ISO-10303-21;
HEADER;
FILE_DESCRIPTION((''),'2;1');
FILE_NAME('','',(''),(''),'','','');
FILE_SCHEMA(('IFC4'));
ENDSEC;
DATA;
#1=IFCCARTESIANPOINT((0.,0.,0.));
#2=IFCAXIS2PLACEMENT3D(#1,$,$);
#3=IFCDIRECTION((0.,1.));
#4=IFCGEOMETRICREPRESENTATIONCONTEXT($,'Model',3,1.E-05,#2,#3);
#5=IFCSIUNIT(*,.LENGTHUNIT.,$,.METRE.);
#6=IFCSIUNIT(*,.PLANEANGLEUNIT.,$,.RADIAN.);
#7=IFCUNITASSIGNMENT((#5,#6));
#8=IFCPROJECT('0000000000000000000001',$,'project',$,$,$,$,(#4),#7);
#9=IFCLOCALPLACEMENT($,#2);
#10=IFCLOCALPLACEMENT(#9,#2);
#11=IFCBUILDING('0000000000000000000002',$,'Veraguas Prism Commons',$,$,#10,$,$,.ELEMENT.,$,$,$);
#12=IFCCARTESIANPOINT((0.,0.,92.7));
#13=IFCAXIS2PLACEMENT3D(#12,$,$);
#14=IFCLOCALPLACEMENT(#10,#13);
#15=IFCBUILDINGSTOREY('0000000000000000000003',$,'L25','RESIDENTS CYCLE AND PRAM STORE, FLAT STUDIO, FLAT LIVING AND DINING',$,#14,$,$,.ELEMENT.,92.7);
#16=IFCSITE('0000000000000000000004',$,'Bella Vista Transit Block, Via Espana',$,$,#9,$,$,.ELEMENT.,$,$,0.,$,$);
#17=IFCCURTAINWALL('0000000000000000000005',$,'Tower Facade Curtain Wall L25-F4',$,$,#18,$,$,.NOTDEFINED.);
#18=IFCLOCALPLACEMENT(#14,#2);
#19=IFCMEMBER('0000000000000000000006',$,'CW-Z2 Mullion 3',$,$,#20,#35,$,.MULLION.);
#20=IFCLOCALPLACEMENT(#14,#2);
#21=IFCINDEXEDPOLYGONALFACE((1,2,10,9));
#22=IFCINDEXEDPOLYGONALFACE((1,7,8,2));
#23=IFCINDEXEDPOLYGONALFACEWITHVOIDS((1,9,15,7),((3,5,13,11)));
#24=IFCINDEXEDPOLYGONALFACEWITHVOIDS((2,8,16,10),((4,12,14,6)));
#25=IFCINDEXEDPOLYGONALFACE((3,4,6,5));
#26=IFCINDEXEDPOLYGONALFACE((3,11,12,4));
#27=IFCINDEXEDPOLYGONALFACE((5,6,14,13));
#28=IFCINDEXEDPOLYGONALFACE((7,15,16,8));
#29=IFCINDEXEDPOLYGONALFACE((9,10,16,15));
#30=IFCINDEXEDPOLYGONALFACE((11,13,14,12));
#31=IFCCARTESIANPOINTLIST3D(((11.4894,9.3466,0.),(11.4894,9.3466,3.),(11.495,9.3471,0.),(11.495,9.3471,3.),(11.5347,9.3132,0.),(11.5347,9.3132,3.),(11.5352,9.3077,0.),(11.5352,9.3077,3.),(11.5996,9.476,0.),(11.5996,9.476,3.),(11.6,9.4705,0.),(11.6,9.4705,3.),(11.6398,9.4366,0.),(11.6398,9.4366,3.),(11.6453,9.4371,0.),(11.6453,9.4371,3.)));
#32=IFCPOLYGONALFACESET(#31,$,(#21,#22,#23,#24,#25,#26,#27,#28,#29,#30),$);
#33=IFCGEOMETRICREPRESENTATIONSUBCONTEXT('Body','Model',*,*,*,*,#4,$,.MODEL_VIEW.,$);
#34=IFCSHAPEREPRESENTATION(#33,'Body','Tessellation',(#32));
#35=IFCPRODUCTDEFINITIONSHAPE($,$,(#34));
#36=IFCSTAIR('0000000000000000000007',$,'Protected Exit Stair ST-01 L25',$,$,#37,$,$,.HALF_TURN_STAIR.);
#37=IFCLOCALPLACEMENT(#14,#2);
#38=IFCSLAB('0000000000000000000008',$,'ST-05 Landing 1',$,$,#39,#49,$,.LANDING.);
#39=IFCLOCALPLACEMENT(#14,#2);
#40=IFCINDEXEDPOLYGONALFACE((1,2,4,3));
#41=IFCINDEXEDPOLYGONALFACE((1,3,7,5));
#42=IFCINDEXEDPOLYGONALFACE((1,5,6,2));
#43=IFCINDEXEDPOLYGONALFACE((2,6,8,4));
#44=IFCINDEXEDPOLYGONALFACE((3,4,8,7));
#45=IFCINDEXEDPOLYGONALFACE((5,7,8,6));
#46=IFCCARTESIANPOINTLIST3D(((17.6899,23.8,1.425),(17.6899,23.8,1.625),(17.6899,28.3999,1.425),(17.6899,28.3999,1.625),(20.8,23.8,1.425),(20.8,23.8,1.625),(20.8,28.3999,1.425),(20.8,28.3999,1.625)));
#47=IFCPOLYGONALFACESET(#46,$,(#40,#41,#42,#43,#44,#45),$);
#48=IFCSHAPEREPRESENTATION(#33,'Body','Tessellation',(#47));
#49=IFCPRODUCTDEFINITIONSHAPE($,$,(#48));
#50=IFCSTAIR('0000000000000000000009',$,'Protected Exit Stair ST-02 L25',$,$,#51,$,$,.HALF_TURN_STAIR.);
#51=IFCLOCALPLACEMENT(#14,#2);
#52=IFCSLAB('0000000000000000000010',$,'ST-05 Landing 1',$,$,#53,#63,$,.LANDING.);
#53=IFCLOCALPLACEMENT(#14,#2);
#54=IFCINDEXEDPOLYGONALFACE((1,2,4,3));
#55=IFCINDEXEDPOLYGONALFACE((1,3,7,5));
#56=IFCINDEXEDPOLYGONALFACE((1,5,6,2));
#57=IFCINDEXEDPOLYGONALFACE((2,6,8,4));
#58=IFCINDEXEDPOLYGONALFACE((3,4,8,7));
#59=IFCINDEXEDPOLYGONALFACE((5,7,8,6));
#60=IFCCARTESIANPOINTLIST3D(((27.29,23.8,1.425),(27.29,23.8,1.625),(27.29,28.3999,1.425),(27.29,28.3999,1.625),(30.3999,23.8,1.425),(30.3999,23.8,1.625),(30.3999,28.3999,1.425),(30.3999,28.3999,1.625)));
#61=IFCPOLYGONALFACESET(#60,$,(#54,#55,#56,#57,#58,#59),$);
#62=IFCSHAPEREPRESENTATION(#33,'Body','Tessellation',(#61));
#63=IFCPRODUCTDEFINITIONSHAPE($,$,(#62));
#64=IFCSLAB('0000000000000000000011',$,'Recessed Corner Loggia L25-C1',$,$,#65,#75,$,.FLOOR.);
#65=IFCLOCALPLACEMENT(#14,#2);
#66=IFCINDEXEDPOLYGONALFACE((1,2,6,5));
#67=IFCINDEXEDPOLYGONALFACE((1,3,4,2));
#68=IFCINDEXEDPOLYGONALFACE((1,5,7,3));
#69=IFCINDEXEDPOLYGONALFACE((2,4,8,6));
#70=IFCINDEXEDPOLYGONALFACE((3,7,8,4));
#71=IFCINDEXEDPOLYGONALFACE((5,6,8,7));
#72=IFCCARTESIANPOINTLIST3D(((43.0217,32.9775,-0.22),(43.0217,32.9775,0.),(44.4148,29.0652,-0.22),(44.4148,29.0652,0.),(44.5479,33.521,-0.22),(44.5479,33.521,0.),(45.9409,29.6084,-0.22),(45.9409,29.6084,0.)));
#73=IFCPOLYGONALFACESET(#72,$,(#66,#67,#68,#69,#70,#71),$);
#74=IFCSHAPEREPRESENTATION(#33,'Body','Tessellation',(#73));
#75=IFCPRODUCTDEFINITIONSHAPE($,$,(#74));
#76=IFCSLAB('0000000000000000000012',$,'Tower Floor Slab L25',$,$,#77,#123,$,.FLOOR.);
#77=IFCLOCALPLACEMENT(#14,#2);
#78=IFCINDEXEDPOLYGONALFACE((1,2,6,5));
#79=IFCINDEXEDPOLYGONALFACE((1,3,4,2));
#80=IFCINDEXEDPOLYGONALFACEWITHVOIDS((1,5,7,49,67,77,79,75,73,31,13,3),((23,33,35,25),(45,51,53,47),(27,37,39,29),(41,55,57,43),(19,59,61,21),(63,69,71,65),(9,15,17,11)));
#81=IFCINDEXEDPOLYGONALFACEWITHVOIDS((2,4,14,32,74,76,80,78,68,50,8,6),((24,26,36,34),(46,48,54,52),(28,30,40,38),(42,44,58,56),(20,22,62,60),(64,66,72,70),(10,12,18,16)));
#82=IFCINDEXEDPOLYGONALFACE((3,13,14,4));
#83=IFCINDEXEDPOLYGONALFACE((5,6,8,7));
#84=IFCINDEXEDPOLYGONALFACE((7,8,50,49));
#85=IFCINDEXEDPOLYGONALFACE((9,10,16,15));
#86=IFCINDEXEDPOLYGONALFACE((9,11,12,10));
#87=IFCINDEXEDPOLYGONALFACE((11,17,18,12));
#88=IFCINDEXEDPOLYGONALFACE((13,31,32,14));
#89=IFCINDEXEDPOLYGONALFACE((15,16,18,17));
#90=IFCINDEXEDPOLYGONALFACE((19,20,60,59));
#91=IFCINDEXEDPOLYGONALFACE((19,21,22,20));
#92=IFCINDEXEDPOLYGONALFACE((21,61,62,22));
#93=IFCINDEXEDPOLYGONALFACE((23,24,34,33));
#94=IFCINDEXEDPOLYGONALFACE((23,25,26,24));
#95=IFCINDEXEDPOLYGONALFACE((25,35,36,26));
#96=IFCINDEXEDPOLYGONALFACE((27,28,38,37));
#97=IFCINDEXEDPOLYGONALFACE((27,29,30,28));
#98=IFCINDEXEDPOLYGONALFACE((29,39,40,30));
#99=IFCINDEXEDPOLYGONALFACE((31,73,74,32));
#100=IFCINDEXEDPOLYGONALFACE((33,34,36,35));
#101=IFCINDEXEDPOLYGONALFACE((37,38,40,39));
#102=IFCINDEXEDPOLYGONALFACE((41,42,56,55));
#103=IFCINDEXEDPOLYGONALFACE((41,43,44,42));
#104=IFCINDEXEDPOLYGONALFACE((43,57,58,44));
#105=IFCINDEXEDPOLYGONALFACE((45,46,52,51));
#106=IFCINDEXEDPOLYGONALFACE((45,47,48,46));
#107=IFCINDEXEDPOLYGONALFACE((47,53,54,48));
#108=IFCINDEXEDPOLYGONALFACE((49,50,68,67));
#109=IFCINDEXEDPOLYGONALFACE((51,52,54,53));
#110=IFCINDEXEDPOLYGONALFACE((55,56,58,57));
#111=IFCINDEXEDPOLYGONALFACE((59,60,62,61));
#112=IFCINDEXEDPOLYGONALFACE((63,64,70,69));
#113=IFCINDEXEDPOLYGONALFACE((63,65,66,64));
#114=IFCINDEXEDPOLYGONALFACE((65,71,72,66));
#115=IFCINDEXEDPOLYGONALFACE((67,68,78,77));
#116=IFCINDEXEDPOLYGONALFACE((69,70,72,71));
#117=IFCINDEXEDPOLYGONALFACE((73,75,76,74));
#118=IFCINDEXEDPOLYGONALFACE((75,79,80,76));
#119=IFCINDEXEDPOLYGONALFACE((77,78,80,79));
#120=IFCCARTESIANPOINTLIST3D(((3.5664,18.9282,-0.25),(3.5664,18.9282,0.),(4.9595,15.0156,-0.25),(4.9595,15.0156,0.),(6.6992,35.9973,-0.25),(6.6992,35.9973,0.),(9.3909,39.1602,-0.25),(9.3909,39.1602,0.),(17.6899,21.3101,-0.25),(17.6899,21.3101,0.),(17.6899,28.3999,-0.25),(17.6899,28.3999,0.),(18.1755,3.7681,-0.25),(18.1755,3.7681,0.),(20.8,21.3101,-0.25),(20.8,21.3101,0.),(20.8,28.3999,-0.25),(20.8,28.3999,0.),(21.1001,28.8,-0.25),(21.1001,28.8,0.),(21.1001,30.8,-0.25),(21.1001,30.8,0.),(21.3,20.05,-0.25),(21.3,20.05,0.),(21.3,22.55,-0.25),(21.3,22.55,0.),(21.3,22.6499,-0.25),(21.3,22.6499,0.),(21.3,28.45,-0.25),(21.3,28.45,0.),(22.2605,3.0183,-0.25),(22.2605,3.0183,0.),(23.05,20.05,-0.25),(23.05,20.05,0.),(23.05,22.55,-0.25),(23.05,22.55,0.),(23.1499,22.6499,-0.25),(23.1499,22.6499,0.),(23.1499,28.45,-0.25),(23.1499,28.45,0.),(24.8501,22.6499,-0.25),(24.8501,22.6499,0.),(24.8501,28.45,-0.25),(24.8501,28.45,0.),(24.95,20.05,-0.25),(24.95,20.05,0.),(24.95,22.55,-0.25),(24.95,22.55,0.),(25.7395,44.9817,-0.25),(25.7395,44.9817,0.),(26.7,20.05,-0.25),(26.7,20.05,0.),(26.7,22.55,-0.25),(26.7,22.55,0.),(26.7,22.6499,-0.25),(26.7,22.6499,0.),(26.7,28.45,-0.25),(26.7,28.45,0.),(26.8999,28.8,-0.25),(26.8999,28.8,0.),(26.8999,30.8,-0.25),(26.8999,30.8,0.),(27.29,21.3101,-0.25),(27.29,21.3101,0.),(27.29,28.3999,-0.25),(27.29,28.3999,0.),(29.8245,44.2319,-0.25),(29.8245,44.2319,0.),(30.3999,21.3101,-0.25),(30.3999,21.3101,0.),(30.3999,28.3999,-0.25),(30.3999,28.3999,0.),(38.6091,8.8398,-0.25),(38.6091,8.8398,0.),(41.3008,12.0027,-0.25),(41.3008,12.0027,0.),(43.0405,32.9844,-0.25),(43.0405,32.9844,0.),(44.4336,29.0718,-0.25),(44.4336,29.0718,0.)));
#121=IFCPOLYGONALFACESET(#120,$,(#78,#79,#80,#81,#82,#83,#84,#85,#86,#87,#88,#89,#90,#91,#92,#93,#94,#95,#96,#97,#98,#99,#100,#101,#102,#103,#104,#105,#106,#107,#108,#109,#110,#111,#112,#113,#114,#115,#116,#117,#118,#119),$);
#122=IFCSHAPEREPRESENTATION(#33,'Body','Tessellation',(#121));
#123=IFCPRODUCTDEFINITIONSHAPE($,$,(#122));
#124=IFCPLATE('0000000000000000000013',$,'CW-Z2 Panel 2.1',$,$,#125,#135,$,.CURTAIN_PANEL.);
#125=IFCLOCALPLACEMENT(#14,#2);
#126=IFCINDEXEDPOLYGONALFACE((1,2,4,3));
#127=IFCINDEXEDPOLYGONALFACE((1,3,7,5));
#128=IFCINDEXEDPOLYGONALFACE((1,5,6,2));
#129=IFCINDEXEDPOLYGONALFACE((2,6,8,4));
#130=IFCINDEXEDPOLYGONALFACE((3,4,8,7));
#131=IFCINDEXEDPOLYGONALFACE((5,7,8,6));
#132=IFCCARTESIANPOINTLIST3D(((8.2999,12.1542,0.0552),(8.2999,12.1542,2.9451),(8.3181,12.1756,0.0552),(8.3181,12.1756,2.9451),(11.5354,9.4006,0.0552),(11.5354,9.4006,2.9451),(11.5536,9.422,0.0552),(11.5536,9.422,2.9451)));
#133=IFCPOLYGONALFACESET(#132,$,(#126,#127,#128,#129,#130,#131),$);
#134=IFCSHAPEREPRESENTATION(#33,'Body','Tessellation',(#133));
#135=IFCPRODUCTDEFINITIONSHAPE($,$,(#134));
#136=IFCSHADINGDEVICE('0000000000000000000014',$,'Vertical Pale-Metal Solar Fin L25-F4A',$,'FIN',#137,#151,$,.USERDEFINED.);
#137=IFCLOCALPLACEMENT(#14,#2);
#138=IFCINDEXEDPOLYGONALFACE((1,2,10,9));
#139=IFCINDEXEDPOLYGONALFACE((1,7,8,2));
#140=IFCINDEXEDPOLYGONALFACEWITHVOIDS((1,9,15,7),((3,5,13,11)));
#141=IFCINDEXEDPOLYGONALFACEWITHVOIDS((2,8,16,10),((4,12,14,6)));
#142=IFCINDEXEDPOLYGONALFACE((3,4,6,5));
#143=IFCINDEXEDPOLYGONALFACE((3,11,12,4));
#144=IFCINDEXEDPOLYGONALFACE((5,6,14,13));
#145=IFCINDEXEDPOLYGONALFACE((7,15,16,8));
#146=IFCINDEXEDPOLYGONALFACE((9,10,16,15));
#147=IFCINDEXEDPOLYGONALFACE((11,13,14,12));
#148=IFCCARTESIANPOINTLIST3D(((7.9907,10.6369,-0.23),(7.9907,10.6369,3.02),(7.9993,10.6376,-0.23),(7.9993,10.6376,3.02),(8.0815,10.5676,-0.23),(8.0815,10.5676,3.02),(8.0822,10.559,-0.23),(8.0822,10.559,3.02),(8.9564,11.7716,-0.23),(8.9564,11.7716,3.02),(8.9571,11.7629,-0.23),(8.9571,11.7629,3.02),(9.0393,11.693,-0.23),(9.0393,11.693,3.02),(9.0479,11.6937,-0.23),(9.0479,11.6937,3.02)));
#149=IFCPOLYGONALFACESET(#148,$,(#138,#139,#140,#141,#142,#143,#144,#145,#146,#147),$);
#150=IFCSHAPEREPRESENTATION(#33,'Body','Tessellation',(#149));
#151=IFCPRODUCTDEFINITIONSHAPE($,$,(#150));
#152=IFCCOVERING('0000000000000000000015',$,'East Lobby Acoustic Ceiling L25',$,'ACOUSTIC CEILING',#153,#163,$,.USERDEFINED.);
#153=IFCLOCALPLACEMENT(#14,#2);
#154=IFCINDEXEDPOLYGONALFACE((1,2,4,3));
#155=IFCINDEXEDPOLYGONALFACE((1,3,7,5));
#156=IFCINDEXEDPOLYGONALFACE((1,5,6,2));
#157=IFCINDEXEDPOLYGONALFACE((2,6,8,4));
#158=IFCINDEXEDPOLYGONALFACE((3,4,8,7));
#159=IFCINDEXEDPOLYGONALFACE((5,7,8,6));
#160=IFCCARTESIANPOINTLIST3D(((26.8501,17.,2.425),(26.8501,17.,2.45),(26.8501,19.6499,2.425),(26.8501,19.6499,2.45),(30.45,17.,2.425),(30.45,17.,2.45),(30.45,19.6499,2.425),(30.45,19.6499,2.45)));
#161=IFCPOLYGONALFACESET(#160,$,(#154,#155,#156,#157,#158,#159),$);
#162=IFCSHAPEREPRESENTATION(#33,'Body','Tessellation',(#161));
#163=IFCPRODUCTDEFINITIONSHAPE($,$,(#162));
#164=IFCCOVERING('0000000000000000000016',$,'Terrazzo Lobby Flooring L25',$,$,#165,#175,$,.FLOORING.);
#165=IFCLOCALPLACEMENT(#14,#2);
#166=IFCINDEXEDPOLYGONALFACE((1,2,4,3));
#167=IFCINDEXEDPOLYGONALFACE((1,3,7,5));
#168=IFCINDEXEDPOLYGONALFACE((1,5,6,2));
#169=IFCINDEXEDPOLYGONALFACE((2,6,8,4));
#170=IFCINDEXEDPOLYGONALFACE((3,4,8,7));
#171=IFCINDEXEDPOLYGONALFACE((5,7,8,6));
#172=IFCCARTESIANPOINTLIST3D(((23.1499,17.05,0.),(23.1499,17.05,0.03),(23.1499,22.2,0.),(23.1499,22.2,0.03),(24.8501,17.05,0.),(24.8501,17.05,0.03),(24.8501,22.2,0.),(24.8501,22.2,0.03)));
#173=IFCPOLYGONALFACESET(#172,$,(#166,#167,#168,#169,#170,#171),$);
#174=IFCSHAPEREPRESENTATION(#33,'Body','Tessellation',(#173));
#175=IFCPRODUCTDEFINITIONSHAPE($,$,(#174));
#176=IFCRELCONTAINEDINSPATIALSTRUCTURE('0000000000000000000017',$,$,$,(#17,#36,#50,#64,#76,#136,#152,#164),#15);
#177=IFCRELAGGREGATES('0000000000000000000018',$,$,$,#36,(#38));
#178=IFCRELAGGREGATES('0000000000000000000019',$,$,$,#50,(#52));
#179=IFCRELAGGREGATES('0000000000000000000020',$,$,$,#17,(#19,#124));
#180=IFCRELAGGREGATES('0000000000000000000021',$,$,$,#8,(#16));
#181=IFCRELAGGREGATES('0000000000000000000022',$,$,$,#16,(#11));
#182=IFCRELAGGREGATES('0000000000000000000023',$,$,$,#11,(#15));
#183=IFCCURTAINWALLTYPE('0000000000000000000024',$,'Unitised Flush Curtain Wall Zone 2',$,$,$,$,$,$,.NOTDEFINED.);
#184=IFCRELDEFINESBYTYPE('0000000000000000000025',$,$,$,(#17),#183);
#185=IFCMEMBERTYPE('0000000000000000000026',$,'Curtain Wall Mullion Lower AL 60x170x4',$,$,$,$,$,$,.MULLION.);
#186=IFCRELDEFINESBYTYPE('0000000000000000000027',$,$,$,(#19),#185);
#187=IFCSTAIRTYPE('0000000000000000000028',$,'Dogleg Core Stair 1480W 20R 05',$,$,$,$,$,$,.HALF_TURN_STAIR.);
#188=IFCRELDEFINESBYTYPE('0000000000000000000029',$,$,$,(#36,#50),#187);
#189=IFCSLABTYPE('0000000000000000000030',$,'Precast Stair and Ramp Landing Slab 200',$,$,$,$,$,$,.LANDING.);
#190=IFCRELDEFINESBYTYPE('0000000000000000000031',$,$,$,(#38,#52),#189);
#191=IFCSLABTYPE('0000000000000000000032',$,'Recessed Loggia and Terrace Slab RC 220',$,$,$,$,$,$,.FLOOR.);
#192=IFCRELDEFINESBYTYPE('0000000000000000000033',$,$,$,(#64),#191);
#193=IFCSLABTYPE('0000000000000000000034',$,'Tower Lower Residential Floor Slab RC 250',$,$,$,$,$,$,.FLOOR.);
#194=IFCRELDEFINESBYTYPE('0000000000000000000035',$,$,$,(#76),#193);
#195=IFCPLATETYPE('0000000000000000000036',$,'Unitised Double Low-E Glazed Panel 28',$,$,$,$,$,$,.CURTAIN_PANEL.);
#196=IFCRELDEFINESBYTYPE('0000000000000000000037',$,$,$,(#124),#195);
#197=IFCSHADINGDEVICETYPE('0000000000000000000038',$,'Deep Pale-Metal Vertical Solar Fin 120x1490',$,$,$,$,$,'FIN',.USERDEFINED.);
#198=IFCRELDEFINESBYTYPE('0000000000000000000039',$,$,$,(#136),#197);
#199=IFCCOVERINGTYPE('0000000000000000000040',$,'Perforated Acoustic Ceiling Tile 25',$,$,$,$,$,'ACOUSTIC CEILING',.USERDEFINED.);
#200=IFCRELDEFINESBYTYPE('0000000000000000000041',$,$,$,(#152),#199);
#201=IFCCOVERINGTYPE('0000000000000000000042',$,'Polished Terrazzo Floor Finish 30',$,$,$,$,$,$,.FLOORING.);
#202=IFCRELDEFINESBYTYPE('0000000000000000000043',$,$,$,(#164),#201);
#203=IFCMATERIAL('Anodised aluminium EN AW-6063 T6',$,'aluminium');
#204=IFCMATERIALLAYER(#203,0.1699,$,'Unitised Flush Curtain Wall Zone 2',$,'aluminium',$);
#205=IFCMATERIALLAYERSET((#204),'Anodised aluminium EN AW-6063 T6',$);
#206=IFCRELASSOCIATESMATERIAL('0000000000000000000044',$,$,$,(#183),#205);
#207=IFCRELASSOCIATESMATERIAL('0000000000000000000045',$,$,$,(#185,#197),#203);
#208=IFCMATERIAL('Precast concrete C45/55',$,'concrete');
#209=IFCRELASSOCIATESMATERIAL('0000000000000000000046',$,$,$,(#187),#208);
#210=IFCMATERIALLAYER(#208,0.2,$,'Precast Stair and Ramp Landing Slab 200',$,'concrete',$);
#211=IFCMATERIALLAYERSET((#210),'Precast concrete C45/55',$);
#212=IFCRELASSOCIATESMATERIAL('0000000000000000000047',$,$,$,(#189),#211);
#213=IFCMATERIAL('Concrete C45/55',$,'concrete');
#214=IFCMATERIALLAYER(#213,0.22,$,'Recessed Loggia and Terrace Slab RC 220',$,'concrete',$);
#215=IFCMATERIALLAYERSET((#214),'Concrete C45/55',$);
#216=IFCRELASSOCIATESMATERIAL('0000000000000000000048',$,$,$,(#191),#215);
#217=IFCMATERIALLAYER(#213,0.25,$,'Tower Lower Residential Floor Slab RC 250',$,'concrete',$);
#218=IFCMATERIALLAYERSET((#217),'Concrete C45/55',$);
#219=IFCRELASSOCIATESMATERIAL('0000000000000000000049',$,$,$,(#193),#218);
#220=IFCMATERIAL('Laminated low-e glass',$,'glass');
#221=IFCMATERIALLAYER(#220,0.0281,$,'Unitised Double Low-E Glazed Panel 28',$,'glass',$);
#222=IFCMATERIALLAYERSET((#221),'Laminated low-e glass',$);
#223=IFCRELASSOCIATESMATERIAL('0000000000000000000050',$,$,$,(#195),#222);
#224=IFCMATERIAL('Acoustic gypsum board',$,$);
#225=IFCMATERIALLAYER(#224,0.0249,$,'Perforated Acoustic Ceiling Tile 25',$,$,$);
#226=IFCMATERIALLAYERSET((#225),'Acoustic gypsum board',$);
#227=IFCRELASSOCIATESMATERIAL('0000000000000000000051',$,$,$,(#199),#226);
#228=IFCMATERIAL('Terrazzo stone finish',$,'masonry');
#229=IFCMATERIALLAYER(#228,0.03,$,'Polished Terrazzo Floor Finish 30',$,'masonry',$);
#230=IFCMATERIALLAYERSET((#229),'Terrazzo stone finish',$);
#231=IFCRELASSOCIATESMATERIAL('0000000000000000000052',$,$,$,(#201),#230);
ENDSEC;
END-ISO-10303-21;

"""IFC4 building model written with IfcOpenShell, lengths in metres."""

from ifc_helpers import new_model, si_unit, direction, frame, origin, origin_2d, place, context, subcontext, project, spatial, polyline, rectangle, hollow_rectangle, outline, extrude, source, transform, mapped, material, layer, layer_set, material_profile, profile_set, type_object, element, aggregate, save


model = new_model("IFC4")

# Units and contexts
model_context = context("Model", 3, precision=1e-05, world=origin(), true_north=direction((0.0, 1.0)))
body_context = subcontext(model_context, "Body", "Model", "MODEL_VIEW")
ifc_project = project(units=[si_unit("LENGTHUNIT", "METRE"), si_unit("PLANEANGLEUNIT", "RADIAN")], contexts=[model_context])

# Site, building, storey
site_placement = place(None, origin())
site = spatial("IfcSite", under=ifc_project, at=site_placement, Name="Bella Vista Transit Block, Via Espana", CompositionType="ELEMENT", RefElevation=0.0)
building_placement = place(site_placement, origin())
building = spatial("IfcBuilding", under=site, at=building_placement, Name="Veraguas Prism Commons", CompositionType="ELEMENT")
storey_placement = place(building_placement, frame((0.0, 0.0, 92.7)))
storey = spatial("IfcBuildingStorey", under=building, at=storey_placement, Name="L25", Description="RESIDENTS CYCLE AND PRAM STORE, FLAT STUDIO, FLAT LIVING AND DINING", CompositionType="ELEMENT", Elevation=92.7)

# Curtain wall, member
ifc_material_1 = material(Name="Anodised aluminium EN AW-6063 T6", Category="aluminium")
ifc_layer_1 = layer(ifc_material_1, 0.1699, Name="Unitised Flush Curtain Wall Zone 2", Category="aluminium")
ifc_layer_set_1 = layer_set([ifc_layer_1], Name="Anodised aluminium EN AW-6063 T6")
curtain_wall_type = type_object("IfcCurtainWallType", Name="Unitised Flush Curtain Wall Zone 2", PredefinedType="NOTDEFINED", material=ifc_layer_set_1)
curtain_wall_placement = place(storey_placement, origin())
curtain_wall = element("IfcCurtainWall", 1, at=curtain_wall_placement, inside=storey, type_object=curtain_wall_type, Name="Tower Facade Curtain Wall L25-F4", PredefinedType="NOTDEFINED")
ifc_material_profile_1 = material_profile(ifc_material_1, hollow_rectangle(XDim=0.0601, YDim=0.1699, WallThickness=0.0039, at=origin_2d()), Name="AL60X170X4")
ifc_profile_set_1 = profile_set([ifc_material_profile_1], Name="Anodised aluminium EN AW-6063 T6")
member_type = type_object("IfcMemberType", Name="Curtain Wall Mullion Lower AL 60x170x4", PredefinedType="MULLION", material=ifc_profile_set_1)
shared_shape_1 = source(origin(), body_context, "Body", "SweptSolid", [
    extrude(hollow_rectangle(XDim=0.0601, YDim=0.1699, WallThickness=0.0039, at=origin_2d()), origin(), (0.0, 0.0, 1.0), 3.0),
])
member_placement = place(storey_placement, frame((11.5674, 9.3918, 0.0), z_axis=(0.0, 0.0, 1.0), x_axis=(0.761541, -0.648117, 0.0)))
member = element("IfcMember", 2, at=member_placement, type_object=member_type, Name="CW-Z2 Mullion 3", PredefinedType="MULLION", context=body_context, shape_type="MappedRepresentation", body=[
    mapped(shared_shape_1, transform((0.0, 0.0, 0.0), scale=1.0)),
])

# Stairs, slabs
ifc_material_2 = material(Name="Precast concrete C45/55", Category="concrete")
stair_type = type_object("IfcStairType", Name="Dogleg Core Stair 1480W 20R 05", PredefinedType="HALF_TURN_STAIR", material=ifc_material_2)
stair_1_placement = place(storey_placement, origin())
stair_1 = element("IfcStair", 3, at=stair_1_placement, inside=storey, type_object=stair_type, Name="Protected Exit Stair ST-01 L25", PredefinedType="HALF_TURN_STAIR")
ifc_layer_2 = layer(ifc_material_2, 0.2, Name="Precast Stair and Ramp Landing Slab 200", Category="concrete")
ifc_layer_set_2 = layer_set([ifc_layer_2], Name="Precast concrete C45/55")
slab_type_1 = type_object("IfcSlabType", Name="Precast Stair and Ramp Landing Slab 200", PredefinedType="LANDING", material=ifc_layer_set_2)
slab_1_placement = place(storey_placement, frame((0.0, 0.0, 1.425)))
slab_1 = element("IfcSlab", 4, at=slab_1_placement, type_object=slab_type_1, Name="ST-05 Landing 1", PredefinedType="LANDING", context=body_context, shape_type="SweptSolid", body=[
    extrude(outline(polyline([(20.8, 23.8), (20.8, 28.3999), (17.6899, 28.3999), (17.6899, 23.8), (20.8, 23.8)])), origin(), (0.0, 0.0, 1.0), 0.2),
])
aggregate(stair_1, [slab_1])
stair_2_placement = place(storey_placement, origin())
stair_2 = element("IfcStair", 5, at=stair_2_placement, inside=storey, type_object=stair_type, Name="Protected Exit Stair ST-02 L25", PredefinedType="HALF_TURN_STAIR")
slab_2_placement = place(storey_placement, frame((0.0, 0.0, 1.425)))
slab_2 = element("IfcSlab", 6, at=slab_2_placement, type_object=slab_type_1, Name="ST-05 Landing 1", PredefinedType="LANDING", context=body_context, shape_type="SweptSolid", body=[
    extrude(outline(polyline([(30.3999, 23.8), (30.3999, 28.3999), (27.29, 28.3999), (27.29, 23.8), (30.3999, 23.8)])), origin(), (0.0, 0.0, 1.0), 0.2),
])
aggregate(stair_2, [slab_2])

# Slabs
ifc_material_3 = material(Name="Concrete C45/55", Category="concrete")
ifc_layer_3 = layer(ifc_material_3, 0.22, Name="Recessed Loggia and Terrace Slab RC 220", Category="concrete")
ifc_layer_set_3 = layer_set([ifc_layer_3], Name="Concrete C45/55")
slab_type_2 = type_object("IfcSlabType", Name="Recessed Loggia and Terrace Slab RC 220", PredefinedType="FLOOR", material=ifc_layer_set_3)
slab_3_placement = place(storey_placement, frame((0.0, 0.0, -0.22)))
element("IfcSlab", 7, at=slab_3_placement, inside=storey, type_object=slab_type_2, Name="Recessed Corner Loggia L25-C1", PredefinedType="FLOOR", context=body_context, shape_type="SweptSolid", body=[
    extrude(outline(polyline([(44.4148, 29.0652), (45.9409, 29.6084), (44.5479, 33.521), (43.0217, 32.9775), (44.4148, 29.0652)])), origin(), (0.0, 0.0, 1.0), 0.22),
])
ifc_layer_4 = layer(ifc_material_3, 0.25, Name="Tower Lower Residential Floor Slab RC 250", Category="concrete")
ifc_layer_set_4 = layer_set([ifc_layer_4], Name="Concrete C45/55")
slab_type_3 = type_object("IfcSlabType", Name="Tower Lower Residential Floor Slab RC 250", PredefinedType="FLOOR", material=ifc_layer_set_4)
slab_4_placement = place(storey_placement, frame((0.0, 0.0, -0.25)))
element("IfcSlab", 8, at=slab_4_placement, inside=storey, type_object=slab_type_3, Name="Tower Floor Slab L25", PredefinedType="FLOOR", context=body_context, shape_type="SweptSolid", body=[
    extrude(outline(polyline([(44.4336, 29.0718), (43.0405, 32.9844), (29.8245, 44.2319), (25.7395, 44.9817), (9.3909, 39.1602), (6.6992, 35.9973), (3.5664, 18.9282), (4.9595, 15.0156), (18.1755, 3.7681), (22.2605, 3.0183), (38.6091, 8.8398), (41.3008, 12.0027), (44.4336, 29.0718)]), holes=[polyline([(20.8, 21.3101), (20.8, 28.3999), (17.6899, 28.3999), (17.6899, 21.3101), (20.8, 21.3101)]), polyline([(30.3999, 21.3101), (30.3999, 28.3999), (27.29, 28.3999), (27.29, 21.3101), (30.3999, 21.3101)]), polyline([(21.3, 22.6499), (23.1499, 22.6499), (23.1499, 28.45), (21.3, 28.45), (21.3, 22.6499)]), polyline([(24.8501, 22.6499), (26.7, 22.6499), (26.7, 28.45), (24.8501, 28.45), (24.8501, 22.6499)]), polyline([(21.1001, 28.8), (26.8999, 28.8), (26.8999, 30.8), (21.1001, 30.8), (21.1001, 28.8)]), polyline([(21.3, 20.05), (23.05, 20.05), (23.05, 22.55), (21.3, 22.55), (21.3, 20.05)]), polyline([(24.95, 20.05), (26.7, 20.05), (26.7, 22.55), (24.95, 22.55), (24.95, 20.05)])]), origin(), (0.0, 0.0, 1.0), 0.25),
])

# Plate
ifc_material_4 = material(Name="Laminated low-e glass", Category="glass")
ifc_layer_5 = layer(ifc_material_4, 0.0281, Name="Unitised Double Low-E Glazed Panel 28", Category="glass")
ifc_layer_set_5 = layer_set([ifc_layer_5], Name="Laminated low-e glass")
plate_type = type_object("IfcPlateType", Name="Unitised Double Low-E Glazed Panel 28", PredefinedType="CURTAIN_PANEL", material=ifc_layer_set_5)
shared_shape_2 = source(origin(), body_context, "Body", "SweptSolid", [
    extrude(rectangle(XDim=4.2485, YDim=0.0281, at=origin_2d()), origin(), (0.0, 0.0, 1.0), 2.8899),
])
plate_placement = place(storey_placement, frame((9.9268, 10.7881, 0.0552), z_axis=(0.0, 0.0, 1.0), x_axis=(0.761541, -0.648117, 0.0)))
plate = element("IfcPlate", 9, at=plate_placement, type_object=plate_type, Name="CW-Z2 Panel 2.1", PredefinedType="CURTAIN_PANEL", context=body_context, shape_type="MappedRepresentation", body=[
    mapped(shared_shape_2, transform((0.0, 0.0, 0.0), scale=1.0)),
])
aggregate(curtain_wall, [member, plate])

# Shading device
ifc_material_profile_2 = material_profile(ifc_material_1, hollow_rectangle(XDim=0.1201, YDim=1.49, WallThickness=0.0061, at=origin_2d()), Name="FIN120X1490X6")
ifc_profile_set_2 = profile_set([ifc_material_profile_2], Name="Anodised aluminium EN AW-6063 T6")
shading_device_type = type_object("IfcShadingDeviceType", Name="Deep Pale-Metal Vertical Solar Fin 120x1490", ElementType="FIN", PredefinedType="USERDEFINED", material=ifc_profile_set_2)
shading_device_placement = place(storey_placement, frame((8.5193, 11.1653, -0.23), z_axis=(0.0, 0.0, 1.0), x_axis=(0.761541, -0.648117, 0.0)))
element("IfcShadingDevice", 10, at=shading_device_placement, inside=storey, type_object=shading_device_type, Name="Vertical Pale-Metal Solar Fin L25-F4A", ObjectType="FIN", PredefinedType="USERDEFINED", context=body_context, shape_type="SweptSolid", body=[
    extrude(hollow_rectangle(XDim=0.1201, YDim=1.49, WallThickness=0.0061, at=origin_2d()), origin(), (0.0, 0.0, 1.0), 3.25),
])

# Coverings
ifc_material_5 = material(Name="Acoustic gypsum board")
ifc_layer_6 = layer(ifc_material_5, 0.0249, Name="Perforated Acoustic Ceiling Tile 25")
ifc_layer_set_6 = layer_set([ifc_layer_6], Name="Acoustic gypsum board")
covering_type_1 = type_object("IfcCoveringType", Name="Perforated Acoustic Ceiling Tile 25", ElementType="ACOUSTIC CEILING", PredefinedType="USERDEFINED", material=ifc_layer_set_6)
covering_1_placement = place(storey_placement, frame((0.0, 0.0, 2.425)))
element("IfcCovering", 11, at=covering_1_placement, inside=storey, type_object=covering_type_1, Name="East Lobby Acoustic Ceiling L25", ObjectType="ACOUSTIC CEILING", PredefinedType="USERDEFINED", context=body_context, shape_type="SweptSolid", body=[
    extrude(outline(polyline([(26.8501, 17.0), (30.45, 17.0), (30.45, 19.6499), (26.8501, 19.6499), (26.8501, 17.0)])), origin(), (0.0, 0.0, 1.0), 0.0249),
])
ifc_material_6 = material(Name="Terrazzo stone finish", Category="masonry")
ifc_layer_7 = layer(ifc_material_6, 0.03, Name="Polished Terrazzo Floor Finish 30", Category="masonry")
ifc_layer_set_7 = layer_set([ifc_layer_7], Name="Terrazzo stone finish")
covering_type_2 = type_object("IfcCoveringType", Name="Polished Terrazzo Floor Finish 30", PredefinedType="FLOORING", material=ifc_layer_set_7)
covering_2_placement = place(storey_placement, origin())
element("IfcCovering", 12, at=covering_2_placement, inside=storey, type_object=covering_type_2, Name="Terrazzo Lobby Flooring L25", PredefinedType="FLOORING", context=body_context, shape_type="SweptSolid", body=[
    extrude(outline(polyline([(23.1499, 17.05), (24.8501, 17.05), (24.8501, 22.2), (23.1499, 22.2), (23.1499, 17.05)])), origin(), (0.0, 0.0, 1.0), 0.03),
])

save(model, "model.ifc")
